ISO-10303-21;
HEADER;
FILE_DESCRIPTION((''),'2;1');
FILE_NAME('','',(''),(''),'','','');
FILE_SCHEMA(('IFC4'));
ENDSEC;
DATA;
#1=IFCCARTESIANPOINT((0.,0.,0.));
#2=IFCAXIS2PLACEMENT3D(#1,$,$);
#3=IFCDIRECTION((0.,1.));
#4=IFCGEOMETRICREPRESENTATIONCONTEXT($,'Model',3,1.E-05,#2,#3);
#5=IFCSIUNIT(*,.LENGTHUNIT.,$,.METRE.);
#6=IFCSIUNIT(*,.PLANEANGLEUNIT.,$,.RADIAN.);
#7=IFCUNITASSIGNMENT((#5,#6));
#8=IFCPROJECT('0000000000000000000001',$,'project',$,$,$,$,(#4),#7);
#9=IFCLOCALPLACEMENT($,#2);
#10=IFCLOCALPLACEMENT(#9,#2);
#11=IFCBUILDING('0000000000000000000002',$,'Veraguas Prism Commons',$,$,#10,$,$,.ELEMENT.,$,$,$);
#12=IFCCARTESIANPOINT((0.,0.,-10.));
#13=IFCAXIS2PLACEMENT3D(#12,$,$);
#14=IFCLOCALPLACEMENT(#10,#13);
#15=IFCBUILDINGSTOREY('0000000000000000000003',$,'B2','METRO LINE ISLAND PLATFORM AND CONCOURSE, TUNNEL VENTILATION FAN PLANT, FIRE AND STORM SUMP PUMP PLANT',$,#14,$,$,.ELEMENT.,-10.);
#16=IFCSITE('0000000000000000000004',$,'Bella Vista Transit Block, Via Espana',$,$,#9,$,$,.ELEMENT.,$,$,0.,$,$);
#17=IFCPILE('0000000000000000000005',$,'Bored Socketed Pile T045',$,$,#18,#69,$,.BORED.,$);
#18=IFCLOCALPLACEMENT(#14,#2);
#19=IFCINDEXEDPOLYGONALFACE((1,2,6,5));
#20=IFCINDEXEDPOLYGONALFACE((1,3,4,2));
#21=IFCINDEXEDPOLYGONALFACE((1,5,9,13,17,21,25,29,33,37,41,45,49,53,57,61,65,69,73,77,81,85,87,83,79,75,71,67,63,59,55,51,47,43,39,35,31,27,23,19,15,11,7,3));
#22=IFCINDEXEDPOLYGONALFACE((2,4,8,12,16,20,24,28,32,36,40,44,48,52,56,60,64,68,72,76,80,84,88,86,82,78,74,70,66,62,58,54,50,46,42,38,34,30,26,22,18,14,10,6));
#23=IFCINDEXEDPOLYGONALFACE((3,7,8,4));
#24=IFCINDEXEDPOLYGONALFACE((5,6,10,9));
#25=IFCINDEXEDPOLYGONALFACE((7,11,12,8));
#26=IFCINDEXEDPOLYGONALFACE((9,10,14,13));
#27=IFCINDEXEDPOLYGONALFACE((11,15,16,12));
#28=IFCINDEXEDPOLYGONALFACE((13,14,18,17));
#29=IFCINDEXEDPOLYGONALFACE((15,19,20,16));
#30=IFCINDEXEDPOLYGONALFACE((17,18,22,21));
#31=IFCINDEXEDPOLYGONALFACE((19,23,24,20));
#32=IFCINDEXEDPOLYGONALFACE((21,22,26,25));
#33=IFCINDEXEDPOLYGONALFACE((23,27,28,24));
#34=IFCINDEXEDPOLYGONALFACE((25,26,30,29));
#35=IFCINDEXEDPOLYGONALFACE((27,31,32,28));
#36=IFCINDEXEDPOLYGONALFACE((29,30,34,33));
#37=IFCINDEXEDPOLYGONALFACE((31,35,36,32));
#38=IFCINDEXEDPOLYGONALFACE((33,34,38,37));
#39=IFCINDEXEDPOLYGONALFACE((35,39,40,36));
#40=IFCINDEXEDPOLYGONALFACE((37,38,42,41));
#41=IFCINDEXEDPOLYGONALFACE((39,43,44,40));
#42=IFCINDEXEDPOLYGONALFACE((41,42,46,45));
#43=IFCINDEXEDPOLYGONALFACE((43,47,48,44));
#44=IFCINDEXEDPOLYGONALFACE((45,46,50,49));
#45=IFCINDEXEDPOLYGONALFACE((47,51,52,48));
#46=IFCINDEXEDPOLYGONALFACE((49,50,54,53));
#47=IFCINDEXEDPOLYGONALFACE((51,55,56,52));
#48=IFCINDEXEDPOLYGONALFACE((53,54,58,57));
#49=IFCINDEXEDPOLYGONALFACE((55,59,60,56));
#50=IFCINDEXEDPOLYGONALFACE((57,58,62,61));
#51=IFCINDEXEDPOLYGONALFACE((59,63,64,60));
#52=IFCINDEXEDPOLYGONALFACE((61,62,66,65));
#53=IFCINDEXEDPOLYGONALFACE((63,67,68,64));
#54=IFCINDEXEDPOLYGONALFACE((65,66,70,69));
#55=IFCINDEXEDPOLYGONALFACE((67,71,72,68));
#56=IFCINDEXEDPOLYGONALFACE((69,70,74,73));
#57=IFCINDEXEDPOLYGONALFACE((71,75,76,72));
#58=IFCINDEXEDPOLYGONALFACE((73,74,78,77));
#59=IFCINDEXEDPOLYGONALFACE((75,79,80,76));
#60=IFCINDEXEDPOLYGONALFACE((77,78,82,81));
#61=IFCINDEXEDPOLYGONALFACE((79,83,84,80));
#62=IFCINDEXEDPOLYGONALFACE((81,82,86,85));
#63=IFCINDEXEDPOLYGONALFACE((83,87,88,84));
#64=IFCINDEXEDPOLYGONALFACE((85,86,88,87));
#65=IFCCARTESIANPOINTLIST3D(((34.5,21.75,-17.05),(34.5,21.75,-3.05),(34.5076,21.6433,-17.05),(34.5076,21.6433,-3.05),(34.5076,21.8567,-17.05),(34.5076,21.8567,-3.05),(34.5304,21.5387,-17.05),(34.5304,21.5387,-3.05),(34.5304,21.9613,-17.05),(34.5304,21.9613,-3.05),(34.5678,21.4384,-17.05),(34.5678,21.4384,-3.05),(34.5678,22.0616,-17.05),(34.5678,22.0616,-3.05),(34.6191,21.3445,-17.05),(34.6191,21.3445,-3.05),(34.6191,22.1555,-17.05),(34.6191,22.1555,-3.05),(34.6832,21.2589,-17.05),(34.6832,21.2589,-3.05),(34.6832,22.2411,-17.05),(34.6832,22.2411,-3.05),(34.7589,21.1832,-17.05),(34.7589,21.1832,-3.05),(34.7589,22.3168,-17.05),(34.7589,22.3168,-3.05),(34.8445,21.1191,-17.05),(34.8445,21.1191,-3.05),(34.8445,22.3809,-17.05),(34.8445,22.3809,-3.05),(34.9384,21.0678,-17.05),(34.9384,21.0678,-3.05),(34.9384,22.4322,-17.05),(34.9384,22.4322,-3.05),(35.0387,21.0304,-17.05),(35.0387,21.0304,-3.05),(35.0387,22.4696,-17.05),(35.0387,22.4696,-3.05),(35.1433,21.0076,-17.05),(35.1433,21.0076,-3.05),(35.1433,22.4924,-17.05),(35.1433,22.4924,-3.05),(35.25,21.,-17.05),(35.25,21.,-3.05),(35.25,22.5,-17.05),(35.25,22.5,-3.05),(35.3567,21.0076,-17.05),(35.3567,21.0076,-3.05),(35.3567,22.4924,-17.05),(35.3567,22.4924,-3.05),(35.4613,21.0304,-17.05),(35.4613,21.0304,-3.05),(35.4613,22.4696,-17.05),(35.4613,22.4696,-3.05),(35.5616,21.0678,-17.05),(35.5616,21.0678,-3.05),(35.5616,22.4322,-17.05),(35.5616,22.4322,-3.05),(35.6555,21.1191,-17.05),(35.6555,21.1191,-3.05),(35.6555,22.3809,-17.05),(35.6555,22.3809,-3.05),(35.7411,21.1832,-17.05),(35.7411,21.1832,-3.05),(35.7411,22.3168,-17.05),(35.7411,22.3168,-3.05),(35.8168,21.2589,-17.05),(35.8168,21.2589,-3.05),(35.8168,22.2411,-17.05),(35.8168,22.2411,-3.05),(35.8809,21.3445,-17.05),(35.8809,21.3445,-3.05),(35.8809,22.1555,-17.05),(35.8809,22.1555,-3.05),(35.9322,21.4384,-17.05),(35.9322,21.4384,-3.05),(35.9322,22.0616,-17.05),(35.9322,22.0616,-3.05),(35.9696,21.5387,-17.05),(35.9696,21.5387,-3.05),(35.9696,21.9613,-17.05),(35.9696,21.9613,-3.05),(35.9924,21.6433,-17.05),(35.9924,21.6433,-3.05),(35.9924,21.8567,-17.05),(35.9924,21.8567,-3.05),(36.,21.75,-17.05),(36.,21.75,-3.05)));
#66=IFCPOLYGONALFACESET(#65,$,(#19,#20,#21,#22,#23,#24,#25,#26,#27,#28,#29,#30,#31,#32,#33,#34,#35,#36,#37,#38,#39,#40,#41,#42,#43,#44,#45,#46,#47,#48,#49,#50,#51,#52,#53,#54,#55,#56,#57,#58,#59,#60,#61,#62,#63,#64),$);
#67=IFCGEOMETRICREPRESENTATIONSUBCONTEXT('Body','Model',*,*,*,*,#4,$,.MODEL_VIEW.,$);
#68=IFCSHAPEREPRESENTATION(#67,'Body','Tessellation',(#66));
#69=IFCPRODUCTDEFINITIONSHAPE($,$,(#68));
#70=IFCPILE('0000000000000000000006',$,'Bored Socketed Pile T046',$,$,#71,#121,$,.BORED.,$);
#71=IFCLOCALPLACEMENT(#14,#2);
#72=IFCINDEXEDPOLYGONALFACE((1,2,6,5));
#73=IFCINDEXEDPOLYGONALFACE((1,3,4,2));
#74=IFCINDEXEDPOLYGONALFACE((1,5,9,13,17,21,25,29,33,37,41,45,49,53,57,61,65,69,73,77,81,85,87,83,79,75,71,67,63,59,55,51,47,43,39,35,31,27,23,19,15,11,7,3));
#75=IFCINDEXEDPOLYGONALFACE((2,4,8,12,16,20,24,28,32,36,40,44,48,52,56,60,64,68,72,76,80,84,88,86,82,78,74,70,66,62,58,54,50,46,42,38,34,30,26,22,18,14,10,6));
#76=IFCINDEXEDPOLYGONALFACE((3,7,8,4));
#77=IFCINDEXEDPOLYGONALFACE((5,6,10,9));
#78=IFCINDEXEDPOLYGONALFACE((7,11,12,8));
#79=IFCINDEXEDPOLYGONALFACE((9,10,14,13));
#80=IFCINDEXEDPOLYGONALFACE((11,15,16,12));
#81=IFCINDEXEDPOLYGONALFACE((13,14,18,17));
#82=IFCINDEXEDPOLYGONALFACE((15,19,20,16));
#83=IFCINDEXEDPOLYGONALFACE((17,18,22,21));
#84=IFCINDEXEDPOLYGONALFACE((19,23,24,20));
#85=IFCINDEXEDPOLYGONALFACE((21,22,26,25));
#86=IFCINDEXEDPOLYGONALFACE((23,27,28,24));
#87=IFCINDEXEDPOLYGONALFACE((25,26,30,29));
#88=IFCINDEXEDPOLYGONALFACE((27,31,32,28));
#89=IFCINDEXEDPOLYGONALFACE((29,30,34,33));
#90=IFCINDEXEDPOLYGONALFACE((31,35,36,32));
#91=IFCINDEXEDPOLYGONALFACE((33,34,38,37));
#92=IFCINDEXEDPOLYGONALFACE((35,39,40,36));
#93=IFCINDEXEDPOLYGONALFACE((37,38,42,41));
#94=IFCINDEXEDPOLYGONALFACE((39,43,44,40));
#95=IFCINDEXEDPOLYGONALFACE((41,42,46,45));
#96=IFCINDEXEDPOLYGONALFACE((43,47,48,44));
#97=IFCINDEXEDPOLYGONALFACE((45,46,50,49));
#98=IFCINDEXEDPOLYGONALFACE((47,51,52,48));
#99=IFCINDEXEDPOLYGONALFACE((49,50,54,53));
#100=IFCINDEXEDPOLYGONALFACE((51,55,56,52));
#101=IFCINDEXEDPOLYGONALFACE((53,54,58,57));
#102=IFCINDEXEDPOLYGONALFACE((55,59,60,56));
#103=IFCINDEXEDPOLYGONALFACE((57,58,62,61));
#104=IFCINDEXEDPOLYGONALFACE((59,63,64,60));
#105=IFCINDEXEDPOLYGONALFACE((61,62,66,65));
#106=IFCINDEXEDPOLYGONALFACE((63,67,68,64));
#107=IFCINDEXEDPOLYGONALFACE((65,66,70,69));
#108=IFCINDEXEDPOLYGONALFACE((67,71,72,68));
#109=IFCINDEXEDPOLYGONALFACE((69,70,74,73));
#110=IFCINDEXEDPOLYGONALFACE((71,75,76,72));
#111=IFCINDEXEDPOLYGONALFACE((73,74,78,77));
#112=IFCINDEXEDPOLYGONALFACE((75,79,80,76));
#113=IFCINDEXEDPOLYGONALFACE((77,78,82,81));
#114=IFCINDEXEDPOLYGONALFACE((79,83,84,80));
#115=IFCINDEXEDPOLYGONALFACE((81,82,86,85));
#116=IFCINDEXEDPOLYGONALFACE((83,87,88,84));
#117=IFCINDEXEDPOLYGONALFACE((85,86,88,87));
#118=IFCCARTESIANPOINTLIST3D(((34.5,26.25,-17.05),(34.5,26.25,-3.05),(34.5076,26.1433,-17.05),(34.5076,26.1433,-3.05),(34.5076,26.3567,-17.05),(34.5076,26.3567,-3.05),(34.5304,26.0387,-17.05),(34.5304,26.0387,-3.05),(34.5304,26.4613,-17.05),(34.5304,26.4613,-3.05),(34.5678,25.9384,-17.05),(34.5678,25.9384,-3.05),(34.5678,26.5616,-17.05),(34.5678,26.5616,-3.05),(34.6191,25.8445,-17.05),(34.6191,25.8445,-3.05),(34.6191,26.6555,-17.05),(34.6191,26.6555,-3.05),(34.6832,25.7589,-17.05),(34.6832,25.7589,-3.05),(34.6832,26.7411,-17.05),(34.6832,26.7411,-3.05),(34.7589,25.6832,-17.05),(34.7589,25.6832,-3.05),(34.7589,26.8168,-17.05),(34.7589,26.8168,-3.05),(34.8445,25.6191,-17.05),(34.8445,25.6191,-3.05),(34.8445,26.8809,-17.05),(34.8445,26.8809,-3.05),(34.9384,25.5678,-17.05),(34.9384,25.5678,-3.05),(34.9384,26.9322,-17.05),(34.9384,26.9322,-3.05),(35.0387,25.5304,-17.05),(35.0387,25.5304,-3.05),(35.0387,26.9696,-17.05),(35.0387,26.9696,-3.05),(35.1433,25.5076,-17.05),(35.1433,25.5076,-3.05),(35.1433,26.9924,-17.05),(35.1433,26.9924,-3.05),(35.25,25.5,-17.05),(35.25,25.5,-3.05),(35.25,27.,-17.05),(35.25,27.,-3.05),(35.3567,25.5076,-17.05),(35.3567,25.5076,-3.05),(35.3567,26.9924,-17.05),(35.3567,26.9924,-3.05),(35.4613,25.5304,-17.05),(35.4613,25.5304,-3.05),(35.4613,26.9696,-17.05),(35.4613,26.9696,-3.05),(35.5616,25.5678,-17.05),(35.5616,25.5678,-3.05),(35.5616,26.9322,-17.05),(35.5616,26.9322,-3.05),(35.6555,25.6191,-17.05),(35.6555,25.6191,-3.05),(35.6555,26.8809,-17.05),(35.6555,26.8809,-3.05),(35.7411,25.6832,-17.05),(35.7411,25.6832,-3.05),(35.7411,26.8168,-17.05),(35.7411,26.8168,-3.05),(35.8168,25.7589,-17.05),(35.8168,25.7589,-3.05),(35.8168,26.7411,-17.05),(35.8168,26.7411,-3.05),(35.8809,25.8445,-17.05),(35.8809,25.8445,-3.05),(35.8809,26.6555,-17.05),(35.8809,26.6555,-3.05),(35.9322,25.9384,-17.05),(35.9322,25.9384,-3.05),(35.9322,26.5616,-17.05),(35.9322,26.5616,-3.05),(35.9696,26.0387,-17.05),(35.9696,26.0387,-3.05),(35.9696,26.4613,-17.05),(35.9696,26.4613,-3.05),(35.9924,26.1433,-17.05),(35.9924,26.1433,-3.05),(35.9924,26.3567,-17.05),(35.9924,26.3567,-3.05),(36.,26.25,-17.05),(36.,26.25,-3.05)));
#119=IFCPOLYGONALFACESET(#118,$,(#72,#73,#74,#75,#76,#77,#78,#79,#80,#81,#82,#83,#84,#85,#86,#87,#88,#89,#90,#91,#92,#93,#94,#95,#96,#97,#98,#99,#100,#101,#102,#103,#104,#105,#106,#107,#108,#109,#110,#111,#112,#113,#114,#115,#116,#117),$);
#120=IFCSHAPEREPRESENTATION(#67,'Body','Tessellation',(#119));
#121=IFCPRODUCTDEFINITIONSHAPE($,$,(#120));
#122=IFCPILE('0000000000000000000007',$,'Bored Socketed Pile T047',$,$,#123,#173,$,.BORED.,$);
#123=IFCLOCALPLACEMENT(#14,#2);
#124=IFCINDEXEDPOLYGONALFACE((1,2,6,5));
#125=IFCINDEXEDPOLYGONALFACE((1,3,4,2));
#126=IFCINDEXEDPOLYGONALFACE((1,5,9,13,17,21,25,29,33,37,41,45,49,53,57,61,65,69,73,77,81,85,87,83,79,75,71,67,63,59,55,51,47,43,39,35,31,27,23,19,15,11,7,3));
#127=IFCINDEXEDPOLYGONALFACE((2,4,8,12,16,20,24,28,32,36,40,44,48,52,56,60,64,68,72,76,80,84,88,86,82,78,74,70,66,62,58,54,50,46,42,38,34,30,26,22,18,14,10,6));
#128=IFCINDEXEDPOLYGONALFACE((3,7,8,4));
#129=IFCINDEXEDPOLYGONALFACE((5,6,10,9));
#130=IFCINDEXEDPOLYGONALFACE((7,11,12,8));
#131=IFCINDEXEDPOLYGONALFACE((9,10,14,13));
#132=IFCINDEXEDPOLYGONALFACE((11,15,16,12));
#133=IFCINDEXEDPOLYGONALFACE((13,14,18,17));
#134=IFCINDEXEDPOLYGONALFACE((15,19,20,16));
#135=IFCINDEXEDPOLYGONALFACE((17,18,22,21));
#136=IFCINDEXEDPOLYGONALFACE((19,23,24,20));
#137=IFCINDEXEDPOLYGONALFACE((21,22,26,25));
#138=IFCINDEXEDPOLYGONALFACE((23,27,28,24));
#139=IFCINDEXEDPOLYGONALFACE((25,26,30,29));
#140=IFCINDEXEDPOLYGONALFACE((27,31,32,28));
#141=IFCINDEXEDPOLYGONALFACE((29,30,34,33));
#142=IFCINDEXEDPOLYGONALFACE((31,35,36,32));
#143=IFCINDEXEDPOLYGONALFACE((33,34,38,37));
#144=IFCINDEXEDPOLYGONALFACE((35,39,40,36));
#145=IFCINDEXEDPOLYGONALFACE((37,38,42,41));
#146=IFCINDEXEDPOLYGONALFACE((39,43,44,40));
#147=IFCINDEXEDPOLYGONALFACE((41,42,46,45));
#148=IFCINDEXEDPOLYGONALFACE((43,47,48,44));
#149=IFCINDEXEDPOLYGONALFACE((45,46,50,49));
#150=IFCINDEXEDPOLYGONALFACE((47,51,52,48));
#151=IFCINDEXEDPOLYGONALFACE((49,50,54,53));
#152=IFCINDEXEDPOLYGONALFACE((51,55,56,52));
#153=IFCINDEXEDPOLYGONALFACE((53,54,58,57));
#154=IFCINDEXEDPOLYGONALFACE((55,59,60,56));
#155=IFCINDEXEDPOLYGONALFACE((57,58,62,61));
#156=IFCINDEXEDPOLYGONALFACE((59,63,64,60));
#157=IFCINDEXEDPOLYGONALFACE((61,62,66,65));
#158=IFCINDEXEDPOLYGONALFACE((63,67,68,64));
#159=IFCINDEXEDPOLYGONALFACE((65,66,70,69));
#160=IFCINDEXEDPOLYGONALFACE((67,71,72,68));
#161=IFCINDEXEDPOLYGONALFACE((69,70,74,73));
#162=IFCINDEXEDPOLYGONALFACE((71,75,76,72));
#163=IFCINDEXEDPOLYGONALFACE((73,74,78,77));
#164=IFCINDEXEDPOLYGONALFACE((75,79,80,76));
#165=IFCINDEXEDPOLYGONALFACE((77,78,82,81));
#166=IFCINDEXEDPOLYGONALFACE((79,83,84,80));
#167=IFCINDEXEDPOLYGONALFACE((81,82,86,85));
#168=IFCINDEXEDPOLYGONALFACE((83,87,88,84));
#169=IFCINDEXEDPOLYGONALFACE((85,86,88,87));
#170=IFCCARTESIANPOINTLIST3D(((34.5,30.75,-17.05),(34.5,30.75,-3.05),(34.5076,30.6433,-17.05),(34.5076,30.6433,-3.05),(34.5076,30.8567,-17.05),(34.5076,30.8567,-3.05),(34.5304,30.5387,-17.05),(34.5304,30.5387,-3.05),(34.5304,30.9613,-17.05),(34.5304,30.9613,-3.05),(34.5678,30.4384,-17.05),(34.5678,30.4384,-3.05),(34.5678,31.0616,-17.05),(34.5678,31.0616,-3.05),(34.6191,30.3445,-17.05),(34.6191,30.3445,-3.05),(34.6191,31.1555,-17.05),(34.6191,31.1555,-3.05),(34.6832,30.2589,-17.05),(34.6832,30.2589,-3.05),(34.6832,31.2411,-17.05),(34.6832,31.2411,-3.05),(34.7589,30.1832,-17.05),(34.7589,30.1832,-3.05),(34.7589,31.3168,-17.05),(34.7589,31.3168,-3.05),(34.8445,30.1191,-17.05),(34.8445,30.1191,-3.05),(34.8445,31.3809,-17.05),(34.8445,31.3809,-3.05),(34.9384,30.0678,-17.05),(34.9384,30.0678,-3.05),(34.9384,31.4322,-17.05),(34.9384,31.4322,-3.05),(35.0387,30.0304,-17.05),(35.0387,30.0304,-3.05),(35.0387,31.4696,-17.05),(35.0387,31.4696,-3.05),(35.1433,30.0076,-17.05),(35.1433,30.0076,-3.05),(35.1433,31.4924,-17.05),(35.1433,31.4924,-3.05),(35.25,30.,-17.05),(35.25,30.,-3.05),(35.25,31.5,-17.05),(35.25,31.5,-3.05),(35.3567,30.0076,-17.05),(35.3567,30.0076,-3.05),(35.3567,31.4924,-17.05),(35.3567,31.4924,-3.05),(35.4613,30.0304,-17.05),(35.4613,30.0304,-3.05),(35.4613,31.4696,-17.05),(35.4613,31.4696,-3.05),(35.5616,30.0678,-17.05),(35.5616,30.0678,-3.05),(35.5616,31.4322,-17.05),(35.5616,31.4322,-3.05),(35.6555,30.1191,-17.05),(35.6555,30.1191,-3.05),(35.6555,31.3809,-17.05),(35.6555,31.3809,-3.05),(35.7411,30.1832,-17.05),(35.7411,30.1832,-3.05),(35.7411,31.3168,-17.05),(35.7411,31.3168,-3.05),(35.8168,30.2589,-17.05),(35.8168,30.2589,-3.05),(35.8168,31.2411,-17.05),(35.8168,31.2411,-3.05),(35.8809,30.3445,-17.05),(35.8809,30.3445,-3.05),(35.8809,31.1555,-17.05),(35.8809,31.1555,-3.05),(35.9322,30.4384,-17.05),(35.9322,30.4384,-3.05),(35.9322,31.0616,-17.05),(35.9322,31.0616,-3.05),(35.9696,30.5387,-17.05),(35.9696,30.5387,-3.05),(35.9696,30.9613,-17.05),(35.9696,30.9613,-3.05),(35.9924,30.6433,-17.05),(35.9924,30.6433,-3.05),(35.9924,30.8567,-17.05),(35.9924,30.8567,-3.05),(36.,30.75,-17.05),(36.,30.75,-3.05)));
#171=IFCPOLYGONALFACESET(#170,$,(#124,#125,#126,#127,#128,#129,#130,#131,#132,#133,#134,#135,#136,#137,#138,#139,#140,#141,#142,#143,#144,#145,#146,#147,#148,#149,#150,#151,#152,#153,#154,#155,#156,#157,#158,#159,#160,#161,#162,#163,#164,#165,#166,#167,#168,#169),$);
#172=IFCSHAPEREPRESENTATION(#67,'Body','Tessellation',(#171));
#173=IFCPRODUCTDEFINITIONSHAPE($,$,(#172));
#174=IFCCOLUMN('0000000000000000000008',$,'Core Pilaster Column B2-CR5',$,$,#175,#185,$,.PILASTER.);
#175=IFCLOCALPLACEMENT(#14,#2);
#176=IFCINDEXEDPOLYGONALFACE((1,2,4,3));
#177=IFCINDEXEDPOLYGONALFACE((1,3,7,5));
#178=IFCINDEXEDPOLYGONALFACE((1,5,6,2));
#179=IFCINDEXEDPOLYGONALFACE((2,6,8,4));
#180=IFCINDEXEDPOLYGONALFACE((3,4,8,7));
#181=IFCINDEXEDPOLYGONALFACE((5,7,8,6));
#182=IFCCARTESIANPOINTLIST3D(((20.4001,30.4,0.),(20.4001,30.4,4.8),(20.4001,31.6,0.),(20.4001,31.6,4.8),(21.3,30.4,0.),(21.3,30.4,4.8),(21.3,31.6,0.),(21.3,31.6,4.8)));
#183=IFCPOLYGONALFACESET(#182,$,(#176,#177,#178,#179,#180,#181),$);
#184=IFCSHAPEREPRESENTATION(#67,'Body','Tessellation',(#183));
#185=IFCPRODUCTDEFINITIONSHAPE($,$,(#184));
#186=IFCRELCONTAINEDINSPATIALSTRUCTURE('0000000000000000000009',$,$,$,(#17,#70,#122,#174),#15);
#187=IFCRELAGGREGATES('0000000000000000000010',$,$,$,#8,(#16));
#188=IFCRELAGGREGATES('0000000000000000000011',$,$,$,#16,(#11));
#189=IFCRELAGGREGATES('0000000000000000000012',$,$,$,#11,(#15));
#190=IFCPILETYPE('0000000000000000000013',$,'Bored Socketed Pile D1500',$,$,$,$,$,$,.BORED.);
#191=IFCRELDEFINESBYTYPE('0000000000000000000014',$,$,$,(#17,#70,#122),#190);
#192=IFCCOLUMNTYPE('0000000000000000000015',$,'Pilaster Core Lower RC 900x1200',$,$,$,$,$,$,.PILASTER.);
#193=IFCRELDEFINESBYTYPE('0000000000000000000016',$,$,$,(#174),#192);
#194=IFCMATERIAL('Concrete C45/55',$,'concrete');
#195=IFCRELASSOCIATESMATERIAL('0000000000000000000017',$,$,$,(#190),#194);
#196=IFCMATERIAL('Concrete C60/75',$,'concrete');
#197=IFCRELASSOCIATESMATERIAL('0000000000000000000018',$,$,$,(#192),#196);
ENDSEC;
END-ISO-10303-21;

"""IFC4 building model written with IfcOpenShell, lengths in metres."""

from ifc_helpers import new_model, si_unit, direction, frame, origin, origin_2d, place, context, subcontext, project, spatial, rectangle, circle, extrude, source, transform, mapped, material, material_profile, profile_set, type_object, element, save


model = new_model("IFC4")

# Units and contexts
model_context = context("Model", 3, precision=1e-05, world=origin(), true_north=direction((0.0, 1.0)))
body_context = subcontext(model_context, "Body", "Model", "MODEL_VIEW")
ifc_project = project(units=[si_unit("LENGTHUNIT", "METRE"), si_unit("PLANEANGLEUNIT", "RADIAN")], contexts=[model_context])

# Site, building, storey
site_placement = place(None, origin())
site = spatial("IfcSite", under=ifc_project, at=site_placement, Name="Bella Vista Transit Block, Via Espana", CompositionType="ELEMENT", RefElevation=0.0)
building_placement = place(site_placement, origin())
building = spatial("IfcBuilding", under=site, at=building_placement, Name="Veraguas Prism Commons", CompositionType="ELEMENT")
storey_placement = place(building_placement, frame((0.0, 0.0, -10.0)))
storey = spatial("IfcBuildingStorey", under=building, at=storey_placement, Name="B2", Description="METRO LINE ISLAND PLATFORM AND CONCOURSE, TUNNEL VENTILATION FAN PLANT, FIRE AND STORM SUMP PUMP PLANT", CompositionType="ELEMENT", Elevation=-10.0)

# Piles
ifc_material_1 = material(Name="Concrete C45/55", Category="concrete")
ifc_material_profile_1 = material_profile(ifc_material_1, circle(Radius=0.75, at=origin_2d()), Name="PILE1500")
ifc_profile_set_1 = profile_set([ifc_material_profile_1], Name="Concrete C45/55")
pile_type = type_object("IfcPileType", Name="Bored Socketed Pile D1500", PredefinedType="BORED", material=ifc_profile_set_1)
shared_shape_1 = source(origin(), body_context, "Body", "SweptSolid", [
    extrude(circle(Radius=0.75, at=origin_2d()), origin(), (0.0, 0.0, 1.0), 14.0),
])
for number, where, z_axis, x_axis, name in (
    (1, (35.25, 21.75, -3.05), (0.0, 0.0, -1.0), (1.0, 0.0, 0.0), "Bored Socketed Pile T045"),
    (2, (35.25, 26.25, -3.05), (0.0, 0.0, -1.0), (1.0, 0.0, 0.0), "Bored Socketed Pile T046"),
    (3, (35.25, 30.75, -3.05), (0.0, 0.0, -1.0), (1.0, 0.0, 0.0), "Bored Socketed Pile T047"),
):
    element("IfcPile", number, at=place(storey_placement, frame(where, z_axis=z_axis, x_axis=x_axis)), inside=storey, type_object=pile_type, Name=name, PredefinedType="BORED", context=body_context, shape_type="MappedRepresentation", body=[
        mapped(shared_shape_1, transform((0.0, 0.0, 0.0), scale=1.0)),
    ])

# Column
ifc_material_2 = material(Name="Concrete C60/75", Category="concrete")
ifc_material_profile_2 = material_profile(ifc_material_2, rectangle(XDim=0.8999, YDim=1.2, at=origin_2d()), Name="RC900X1200")
ifc_profile_set_2 = profile_set([ifc_material_profile_2], Name="Concrete C60/75")
column_type = type_object("IfcColumnType", Name="Pilaster Core Lower RC 900x1200", PredefinedType="PILASTER", material=ifc_profile_set_2)
column_placement = place(storey_placement, frame((20.8501, 31.0, 0.0), z_axis=(0.0, 0.0, 1.0), x_axis=(1.0, 0.0, 0.0)))
element("IfcColumn", 4, at=column_placement, inside=storey, type_object=column_type, Name="Core Pilaster Column B2-CR5", PredefinedType="PILASTER", context=body_context, shape_type="SweptSolid", body=[
    extrude(rectangle(XDim=0.8999, YDim=1.2, at=origin_2d()), origin(), (0.0, 0.0, 1.0), 4.8),
])

save(model, "model.ifc")
